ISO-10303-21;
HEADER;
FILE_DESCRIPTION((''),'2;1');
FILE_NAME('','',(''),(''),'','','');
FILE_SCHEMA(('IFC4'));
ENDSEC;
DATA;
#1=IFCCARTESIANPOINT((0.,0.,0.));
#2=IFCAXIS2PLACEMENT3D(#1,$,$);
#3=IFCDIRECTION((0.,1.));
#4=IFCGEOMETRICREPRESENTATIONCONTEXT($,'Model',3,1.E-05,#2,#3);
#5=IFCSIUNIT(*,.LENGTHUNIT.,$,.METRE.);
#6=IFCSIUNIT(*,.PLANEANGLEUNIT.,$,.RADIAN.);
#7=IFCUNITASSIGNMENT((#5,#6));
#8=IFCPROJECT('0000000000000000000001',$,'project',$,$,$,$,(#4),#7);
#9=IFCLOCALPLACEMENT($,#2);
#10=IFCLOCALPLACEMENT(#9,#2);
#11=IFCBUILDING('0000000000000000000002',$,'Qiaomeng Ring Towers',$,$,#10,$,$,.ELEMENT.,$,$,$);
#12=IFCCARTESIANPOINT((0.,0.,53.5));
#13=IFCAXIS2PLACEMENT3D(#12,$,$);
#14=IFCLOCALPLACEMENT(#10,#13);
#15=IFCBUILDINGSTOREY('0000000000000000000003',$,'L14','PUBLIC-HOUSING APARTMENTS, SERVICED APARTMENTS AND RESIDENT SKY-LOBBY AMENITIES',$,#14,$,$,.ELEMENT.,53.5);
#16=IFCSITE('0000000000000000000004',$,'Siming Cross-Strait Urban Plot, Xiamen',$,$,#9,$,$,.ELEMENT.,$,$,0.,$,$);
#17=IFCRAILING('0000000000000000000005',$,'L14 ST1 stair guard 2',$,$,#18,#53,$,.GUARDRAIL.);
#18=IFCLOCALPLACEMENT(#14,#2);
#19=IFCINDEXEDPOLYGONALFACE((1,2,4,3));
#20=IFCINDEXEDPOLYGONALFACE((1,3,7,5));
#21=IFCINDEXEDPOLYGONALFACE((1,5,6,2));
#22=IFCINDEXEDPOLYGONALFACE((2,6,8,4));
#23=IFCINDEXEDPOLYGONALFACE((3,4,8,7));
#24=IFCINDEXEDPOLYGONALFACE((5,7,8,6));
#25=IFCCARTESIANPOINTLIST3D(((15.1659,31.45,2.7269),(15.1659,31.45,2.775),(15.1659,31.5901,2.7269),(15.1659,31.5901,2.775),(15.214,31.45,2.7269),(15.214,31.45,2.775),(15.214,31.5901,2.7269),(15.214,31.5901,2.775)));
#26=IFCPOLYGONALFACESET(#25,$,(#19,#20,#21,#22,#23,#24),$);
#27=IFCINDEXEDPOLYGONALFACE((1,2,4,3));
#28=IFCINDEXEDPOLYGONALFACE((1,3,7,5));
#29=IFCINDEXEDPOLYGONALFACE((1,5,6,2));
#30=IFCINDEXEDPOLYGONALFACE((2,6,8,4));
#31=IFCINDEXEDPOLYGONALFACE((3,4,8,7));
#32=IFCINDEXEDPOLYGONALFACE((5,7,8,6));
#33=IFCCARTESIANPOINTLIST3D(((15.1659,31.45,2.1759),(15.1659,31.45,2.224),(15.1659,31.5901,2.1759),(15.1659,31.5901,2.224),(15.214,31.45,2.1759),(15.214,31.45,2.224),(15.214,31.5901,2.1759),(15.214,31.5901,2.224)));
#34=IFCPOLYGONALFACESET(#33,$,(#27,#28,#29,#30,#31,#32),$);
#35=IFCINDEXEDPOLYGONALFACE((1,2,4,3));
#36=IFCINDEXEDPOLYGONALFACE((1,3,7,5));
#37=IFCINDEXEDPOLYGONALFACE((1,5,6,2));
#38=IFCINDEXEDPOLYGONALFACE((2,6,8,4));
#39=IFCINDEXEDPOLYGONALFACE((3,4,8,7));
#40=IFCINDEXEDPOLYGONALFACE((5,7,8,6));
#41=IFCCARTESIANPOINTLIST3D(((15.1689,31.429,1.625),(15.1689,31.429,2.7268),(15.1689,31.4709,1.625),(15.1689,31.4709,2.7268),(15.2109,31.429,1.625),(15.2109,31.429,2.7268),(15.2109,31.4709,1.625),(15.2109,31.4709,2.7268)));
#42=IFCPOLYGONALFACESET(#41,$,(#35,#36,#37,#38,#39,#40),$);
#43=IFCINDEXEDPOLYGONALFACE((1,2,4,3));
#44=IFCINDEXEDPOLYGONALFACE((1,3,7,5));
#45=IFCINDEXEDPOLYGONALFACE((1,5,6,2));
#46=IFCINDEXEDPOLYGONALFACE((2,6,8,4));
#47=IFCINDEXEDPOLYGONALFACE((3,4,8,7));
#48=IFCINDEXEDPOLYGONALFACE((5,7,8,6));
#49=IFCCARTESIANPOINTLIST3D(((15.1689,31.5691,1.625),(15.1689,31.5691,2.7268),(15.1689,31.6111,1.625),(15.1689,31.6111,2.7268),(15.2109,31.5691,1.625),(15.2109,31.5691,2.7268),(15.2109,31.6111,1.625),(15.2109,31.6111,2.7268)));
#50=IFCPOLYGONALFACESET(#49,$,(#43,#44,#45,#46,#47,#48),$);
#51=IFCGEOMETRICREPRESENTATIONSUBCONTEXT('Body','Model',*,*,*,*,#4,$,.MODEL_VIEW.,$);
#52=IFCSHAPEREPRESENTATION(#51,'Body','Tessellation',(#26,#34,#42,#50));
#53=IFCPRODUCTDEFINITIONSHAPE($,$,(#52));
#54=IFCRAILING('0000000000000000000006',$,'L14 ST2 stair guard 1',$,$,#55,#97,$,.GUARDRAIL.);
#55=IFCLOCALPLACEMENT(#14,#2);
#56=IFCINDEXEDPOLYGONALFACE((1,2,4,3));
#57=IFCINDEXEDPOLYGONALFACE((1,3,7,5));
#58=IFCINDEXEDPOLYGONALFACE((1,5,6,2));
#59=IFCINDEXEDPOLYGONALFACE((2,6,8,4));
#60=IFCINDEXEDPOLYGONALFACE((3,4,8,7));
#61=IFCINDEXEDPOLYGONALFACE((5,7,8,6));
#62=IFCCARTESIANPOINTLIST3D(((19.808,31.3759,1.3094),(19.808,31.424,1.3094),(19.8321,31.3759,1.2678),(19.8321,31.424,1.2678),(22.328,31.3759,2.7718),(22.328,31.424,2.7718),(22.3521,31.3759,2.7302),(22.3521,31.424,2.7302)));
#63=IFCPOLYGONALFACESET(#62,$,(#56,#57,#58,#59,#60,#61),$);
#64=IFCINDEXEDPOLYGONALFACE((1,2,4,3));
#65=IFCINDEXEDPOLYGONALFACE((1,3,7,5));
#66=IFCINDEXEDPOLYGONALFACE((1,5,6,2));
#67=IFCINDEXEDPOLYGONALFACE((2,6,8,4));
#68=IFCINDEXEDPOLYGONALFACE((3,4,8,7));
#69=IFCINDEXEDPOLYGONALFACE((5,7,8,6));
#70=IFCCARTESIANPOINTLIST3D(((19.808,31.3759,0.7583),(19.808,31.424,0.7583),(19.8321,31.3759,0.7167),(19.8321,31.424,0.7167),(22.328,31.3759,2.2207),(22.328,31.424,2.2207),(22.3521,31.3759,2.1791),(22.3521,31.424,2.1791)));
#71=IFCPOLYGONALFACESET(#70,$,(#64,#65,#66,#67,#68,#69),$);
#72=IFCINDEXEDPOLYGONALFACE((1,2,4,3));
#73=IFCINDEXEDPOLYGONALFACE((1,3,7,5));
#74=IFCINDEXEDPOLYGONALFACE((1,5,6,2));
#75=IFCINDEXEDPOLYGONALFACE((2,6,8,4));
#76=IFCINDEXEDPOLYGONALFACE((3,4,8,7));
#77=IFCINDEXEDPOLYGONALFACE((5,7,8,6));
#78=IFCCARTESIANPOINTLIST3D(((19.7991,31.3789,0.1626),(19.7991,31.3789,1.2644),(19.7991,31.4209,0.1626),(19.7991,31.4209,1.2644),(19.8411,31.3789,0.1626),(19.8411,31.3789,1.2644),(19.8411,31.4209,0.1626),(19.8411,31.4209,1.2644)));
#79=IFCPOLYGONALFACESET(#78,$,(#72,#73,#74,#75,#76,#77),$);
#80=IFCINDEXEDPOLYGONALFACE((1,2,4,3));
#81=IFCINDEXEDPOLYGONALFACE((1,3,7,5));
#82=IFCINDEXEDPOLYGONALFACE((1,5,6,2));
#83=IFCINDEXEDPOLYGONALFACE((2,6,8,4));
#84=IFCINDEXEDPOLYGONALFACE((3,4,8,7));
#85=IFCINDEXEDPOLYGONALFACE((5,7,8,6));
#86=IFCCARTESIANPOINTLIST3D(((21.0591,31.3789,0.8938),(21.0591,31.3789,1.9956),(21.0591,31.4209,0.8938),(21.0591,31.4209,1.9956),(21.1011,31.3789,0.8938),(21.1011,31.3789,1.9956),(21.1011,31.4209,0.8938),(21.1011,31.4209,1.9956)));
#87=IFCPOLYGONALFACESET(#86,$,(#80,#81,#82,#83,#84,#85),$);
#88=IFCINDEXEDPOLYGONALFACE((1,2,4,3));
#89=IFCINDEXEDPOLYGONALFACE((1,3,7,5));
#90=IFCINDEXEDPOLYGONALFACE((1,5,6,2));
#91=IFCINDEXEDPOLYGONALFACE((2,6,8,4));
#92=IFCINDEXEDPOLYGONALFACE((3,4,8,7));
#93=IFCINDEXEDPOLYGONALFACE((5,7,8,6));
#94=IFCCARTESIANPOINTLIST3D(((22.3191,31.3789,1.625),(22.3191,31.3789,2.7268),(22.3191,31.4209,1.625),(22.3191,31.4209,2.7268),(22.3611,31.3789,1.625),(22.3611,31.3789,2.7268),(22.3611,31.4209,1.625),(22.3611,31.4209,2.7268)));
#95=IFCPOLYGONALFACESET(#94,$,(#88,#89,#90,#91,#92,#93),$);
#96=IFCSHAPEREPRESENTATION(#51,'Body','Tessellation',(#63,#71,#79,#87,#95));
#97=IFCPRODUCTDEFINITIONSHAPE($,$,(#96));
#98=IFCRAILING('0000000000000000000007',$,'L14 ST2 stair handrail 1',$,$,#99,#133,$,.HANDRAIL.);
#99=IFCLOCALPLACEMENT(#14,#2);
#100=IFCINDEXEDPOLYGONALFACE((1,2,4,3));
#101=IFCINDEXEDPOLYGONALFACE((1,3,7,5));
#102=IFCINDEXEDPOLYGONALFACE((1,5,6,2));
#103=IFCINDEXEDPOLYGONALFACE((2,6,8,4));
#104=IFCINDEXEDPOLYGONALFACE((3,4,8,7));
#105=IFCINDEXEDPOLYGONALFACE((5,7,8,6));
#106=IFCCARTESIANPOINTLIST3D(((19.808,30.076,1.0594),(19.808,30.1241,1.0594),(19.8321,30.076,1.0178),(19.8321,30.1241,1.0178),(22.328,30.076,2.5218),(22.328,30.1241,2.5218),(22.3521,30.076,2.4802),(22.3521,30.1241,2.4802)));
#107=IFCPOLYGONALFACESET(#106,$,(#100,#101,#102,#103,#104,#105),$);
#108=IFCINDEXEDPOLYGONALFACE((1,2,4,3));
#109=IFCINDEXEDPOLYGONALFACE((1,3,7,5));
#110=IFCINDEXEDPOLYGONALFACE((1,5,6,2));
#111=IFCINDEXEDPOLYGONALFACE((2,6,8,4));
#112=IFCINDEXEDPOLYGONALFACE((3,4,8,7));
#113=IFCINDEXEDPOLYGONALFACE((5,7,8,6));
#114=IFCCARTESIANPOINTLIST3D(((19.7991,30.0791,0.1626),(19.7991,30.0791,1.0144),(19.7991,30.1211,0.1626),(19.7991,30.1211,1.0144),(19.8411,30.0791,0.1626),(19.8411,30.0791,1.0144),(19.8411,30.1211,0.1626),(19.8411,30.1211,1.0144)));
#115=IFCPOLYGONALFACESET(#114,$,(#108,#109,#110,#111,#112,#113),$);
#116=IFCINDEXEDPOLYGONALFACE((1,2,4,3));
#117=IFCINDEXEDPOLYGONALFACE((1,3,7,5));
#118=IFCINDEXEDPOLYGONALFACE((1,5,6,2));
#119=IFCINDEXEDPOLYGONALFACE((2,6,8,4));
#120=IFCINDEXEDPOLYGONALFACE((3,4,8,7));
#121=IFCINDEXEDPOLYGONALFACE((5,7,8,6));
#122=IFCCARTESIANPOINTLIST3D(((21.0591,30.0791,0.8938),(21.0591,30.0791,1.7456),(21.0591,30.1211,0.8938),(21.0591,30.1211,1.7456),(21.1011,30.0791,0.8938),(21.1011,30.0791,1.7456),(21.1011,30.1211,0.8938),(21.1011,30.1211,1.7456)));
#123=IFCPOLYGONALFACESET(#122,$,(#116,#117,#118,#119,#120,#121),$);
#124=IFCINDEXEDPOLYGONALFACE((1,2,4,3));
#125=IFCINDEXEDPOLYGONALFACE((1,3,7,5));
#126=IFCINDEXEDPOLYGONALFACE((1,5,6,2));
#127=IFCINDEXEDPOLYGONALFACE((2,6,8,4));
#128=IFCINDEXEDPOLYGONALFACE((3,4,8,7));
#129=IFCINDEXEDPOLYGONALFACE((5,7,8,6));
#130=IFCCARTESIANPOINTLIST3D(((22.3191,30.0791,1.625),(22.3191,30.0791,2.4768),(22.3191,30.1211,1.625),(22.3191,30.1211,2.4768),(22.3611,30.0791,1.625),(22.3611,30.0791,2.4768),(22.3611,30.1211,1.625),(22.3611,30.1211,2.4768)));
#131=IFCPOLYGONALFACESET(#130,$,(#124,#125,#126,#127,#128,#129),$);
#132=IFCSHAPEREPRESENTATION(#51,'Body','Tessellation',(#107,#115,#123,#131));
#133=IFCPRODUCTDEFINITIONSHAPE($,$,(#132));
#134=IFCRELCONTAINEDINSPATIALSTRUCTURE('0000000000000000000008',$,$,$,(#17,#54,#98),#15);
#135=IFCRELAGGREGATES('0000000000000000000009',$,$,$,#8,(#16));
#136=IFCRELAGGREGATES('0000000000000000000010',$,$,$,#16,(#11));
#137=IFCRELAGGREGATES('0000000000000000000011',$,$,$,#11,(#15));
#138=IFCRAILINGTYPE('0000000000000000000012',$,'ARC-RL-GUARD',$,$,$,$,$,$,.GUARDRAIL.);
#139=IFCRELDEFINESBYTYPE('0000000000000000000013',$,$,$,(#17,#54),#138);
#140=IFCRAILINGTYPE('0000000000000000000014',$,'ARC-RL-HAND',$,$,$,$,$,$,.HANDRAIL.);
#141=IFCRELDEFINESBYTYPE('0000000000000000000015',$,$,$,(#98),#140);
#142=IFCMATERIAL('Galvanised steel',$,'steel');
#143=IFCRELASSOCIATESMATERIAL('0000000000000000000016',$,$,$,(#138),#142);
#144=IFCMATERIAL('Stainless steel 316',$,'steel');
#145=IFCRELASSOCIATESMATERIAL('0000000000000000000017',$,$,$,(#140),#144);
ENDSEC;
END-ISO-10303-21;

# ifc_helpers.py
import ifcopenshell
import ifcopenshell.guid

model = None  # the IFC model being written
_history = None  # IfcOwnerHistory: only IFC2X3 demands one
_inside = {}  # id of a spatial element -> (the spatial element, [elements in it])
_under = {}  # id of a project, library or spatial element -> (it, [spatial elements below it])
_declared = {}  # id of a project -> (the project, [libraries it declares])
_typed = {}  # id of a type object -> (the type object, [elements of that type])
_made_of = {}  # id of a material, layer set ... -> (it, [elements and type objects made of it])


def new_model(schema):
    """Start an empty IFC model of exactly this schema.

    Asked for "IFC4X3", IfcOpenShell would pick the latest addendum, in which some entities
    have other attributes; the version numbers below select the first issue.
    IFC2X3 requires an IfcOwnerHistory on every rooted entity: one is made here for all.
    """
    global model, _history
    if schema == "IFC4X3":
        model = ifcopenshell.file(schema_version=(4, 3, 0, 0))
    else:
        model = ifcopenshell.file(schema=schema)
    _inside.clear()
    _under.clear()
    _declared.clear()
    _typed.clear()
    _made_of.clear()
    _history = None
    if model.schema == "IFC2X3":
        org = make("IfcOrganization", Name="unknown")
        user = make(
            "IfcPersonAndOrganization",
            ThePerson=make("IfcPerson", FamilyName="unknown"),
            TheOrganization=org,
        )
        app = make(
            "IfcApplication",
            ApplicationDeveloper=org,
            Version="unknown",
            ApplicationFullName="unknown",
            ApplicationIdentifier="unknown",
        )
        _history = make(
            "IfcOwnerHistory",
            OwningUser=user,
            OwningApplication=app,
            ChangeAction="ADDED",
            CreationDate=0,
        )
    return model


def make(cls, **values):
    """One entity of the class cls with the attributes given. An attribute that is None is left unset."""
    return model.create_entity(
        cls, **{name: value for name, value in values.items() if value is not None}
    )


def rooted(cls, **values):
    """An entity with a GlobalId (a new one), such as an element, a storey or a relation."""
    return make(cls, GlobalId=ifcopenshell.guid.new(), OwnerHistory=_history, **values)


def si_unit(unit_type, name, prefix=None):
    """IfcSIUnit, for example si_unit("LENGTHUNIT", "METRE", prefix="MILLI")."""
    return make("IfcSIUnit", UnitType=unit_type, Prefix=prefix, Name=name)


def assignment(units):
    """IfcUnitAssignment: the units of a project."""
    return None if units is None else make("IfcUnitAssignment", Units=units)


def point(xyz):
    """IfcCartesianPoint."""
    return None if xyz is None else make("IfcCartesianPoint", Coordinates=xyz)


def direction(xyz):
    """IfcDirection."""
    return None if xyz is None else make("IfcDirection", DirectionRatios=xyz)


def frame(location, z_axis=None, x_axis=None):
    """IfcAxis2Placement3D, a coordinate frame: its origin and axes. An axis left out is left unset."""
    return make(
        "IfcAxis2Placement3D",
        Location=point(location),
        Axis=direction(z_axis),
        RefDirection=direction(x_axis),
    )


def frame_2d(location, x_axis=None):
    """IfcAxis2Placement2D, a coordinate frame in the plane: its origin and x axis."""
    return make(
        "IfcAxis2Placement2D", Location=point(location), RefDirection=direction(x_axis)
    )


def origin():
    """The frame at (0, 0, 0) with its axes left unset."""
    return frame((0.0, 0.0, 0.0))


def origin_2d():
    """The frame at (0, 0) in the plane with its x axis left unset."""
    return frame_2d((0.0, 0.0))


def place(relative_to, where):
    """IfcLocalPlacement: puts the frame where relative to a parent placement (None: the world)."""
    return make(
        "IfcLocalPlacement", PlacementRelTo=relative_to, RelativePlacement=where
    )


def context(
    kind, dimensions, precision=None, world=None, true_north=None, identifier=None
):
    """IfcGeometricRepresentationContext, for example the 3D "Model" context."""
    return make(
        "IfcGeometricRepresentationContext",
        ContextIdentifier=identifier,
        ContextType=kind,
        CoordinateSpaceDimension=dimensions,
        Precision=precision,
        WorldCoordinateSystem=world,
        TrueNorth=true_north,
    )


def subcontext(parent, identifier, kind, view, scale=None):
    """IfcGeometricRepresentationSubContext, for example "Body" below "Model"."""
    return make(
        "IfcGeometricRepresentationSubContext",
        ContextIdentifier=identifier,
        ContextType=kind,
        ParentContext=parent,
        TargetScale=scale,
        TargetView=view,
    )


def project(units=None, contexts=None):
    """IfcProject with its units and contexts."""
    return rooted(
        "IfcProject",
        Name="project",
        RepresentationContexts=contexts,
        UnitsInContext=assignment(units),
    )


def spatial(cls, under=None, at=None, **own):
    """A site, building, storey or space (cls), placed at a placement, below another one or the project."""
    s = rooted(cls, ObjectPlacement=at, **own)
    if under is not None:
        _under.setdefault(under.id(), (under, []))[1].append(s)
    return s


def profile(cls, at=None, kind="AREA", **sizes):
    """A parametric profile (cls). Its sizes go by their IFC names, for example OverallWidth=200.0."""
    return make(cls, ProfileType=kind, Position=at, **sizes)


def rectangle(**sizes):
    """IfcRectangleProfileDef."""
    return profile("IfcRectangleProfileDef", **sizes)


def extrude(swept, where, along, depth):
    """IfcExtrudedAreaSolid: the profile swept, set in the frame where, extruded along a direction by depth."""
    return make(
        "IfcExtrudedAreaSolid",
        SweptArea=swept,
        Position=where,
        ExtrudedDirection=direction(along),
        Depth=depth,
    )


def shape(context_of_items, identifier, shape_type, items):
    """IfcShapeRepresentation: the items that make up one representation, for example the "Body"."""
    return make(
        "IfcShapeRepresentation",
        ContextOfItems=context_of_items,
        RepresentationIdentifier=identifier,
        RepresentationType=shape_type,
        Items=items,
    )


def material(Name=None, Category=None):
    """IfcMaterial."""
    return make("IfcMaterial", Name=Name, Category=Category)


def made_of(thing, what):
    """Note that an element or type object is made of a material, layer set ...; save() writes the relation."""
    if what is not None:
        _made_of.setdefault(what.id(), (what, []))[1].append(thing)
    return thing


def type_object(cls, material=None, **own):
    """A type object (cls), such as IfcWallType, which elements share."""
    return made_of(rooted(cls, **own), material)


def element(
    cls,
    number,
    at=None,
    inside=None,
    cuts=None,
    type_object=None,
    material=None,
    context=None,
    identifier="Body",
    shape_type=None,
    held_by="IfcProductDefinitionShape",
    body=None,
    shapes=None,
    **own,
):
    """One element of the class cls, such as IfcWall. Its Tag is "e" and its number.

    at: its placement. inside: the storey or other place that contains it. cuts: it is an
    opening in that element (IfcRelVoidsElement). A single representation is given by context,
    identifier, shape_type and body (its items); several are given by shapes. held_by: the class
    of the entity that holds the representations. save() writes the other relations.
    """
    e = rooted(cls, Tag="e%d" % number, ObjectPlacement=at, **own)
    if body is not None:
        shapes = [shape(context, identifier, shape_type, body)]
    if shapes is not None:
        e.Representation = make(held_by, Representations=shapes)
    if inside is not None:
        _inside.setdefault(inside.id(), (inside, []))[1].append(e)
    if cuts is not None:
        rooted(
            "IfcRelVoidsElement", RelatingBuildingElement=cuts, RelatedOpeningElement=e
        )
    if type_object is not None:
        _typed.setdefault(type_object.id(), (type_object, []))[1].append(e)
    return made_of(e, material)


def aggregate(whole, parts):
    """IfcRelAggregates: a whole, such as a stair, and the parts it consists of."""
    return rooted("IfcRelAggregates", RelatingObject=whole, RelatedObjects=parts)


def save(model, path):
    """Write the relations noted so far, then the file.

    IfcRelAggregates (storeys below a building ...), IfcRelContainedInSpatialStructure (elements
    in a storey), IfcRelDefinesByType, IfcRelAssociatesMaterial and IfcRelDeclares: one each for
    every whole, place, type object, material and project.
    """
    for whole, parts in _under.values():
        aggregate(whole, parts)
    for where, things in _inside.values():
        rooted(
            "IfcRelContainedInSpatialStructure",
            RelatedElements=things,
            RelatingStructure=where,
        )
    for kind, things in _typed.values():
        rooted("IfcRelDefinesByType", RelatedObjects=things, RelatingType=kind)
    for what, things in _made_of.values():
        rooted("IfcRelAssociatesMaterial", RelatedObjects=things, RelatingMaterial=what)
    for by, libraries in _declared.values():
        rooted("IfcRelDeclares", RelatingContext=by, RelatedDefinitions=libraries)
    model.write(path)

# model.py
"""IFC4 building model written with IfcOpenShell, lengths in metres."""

from ifc_helpers import new_model, si_unit, direction, frame, origin, origin_2d, place, context, subcontext, project, spatial, rectangle, extrude, material, type_object, element, save


model = new_model("IFC4")

# Units and contexts
model_context = context("Model", 3, precision=1e-05, world=origin(), true_north=direction((0.0, 1.0)))
body_context = subcontext(model_context, "Body", "Model", "MODEL_VIEW")
ifc_project = project(units=[si_unit("LENGTHUNIT", "METRE"), si_unit("PLANEANGLEUNIT", "RADIAN")], contexts=[model_context])

# Site, building, storey
site_placement = place(None, origin())
site = spatial("IfcSite", under=ifc_project, at=site_placement, Name="Siming Cross-Strait Urban Plot, Xiamen", CompositionType="ELEMENT", RefElevation=0.0)
building_placement = place(site_placement, origin())
building = spatial("IfcBuilding", under=site, at=building_placement, Name="Qiaomeng Ring Towers", CompositionType="ELEMENT")
storey_placement = place(building_placement, frame((0.0, 0.0, 53.5)))
storey = spatial("IfcBuildingStorey", under=building, at=storey_placement, Name="L14", Description="PUBLIC-HOUSING APARTMENTS, SERVICED APARTMENTS AND RESIDENT SKY-LOBBY AMENITIES", CompositionType="ELEMENT", Elevation=53.5)

# Shared definitions
ifc_material_1 = material(Name="Galvanised steel", Category="steel")

# Shared definitions
ifc_material_2 = material(Name="Stainless steel 316", Category="steel")

# Railings
railing_type_1 = type_object("IfcRailingType", Name="ARC-RL-GUARD", PredefinedType="GUARDRAIL", material=ifc_material_1)
railing_1_placement = place(storey_placement, frame((15.1899, 31.45, 1.625)))
element("IfcRailing", 1, at=railing_1_placement, inside=storey, type_object=railing_type_1, Name="L14 ST1 stair guard 2", PredefinedType="GUARDRAIL", context=body_context, shape_type="SweptSolid", body=[
    extrude(rectangle(XDim=0.0481, YDim=0.0481, at=origin_2d()), frame((0.0, 0.0, 1.126), z_axis=(0.0, 1.0, 0.0), x_axis=(-1.0, 0.0, 0.0)), (0.0, 0.0, 1.0), 0.1401),
    extrude(rectangle(XDim=0.0481, YDim=0.0481, at=origin_2d()), frame((0.0, 0.0, 0.575), z_axis=(0.0, 1.0, 0.0), x_axis=(-1.0, 0.0, 0.0)), (0.0, 0.0, 1.0), 0.1401),
    extrude(rectangle(XDim=0.042, YDim=0.042, at=origin_2d()), origin(), (0.0, 0.0, 1.0), 1.1018),
    extrude(rectangle(XDim=0.042, YDim=0.042, at=origin_2d()), frame((0.0, 0.1401, 0.0)), (0.0, 0.0, 1.0), 1.1018),
])
railing_2_placement = place(storey_placement, frame((19.8201, 31.3999, 0.1626)))
element("IfcRailing", 2, at=railing_2_placement, inside=storey, type_object=railing_type_1, Name="L14 ST2 stair guard 1", PredefinedType="GUARDRAIL", context=body_context, shape_type="SweptSolid", body=[
    extrude(rectangle(XDim=0.0481, YDim=0.0481, at=origin_2d()), frame((0.0, 0.0, 1.126), z_axis=(0.864913, 0.0, 0.501921), x_axis=(0.0, 1.0, 0.0)), (0.0, 0.0, 1.0), 2.9136),
    extrude(rectangle(XDim=0.0481, YDim=0.0481, at=origin_2d()), frame((0.0, 0.0, 0.575), z_axis=(0.864913, 0.0, 0.501921), x_axis=(0.0, 1.0, 0.0)), (0.0, 0.0, 1.0), 2.9136),
    extrude(rectangle(XDim=0.042, YDim=0.042, at=origin_2d()), origin(), (0.0, 0.0, 1.0), 1.1018),
    extrude(rectangle(XDim=0.042, YDim=0.042, at=origin_2d()), frame((1.26, 0.0, 0.7312)), (0.0, 0.0, 1.0), 1.1018),
    extrude(rectangle(XDim=0.042, YDim=0.042, at=origin_2d()), frame((2.52, 0.0, 1.4624)), (0.0, 0.0, 1.0), 1.1018),
])
railing_type_2 = type_object("IfcRailingType", Name="ARC-RL-HAND", PredefinedType="HANDRAIL", material=ifc_material_2)
railing_3_placement = place(storey_placement, frame((19.8201, 30.1001, 0.1626)))
element("IfcRailing", 3, at=railing_3_placement, inside=storey, type_object=railing_type_2, Name="L14 ST2 stair handrail 1", PredefinedType="HANDRAIL", context=body_context, shape_type="SweptSolid", body=[
    extrude(rectangle(XDim=0.0481, YDim=0.0481, at=origin_2d()), frame((0.0, 0.0, 0.876), z_axis=(0.864913, 0.0, 0.501921), x_axis=(0.0, 1.0, 0.0)), (0.0, 0.0, 1.0), 2.9136),
    extrude(rectangle(XDim=0.042, YDim=0.042, at=origin_2d()), origin(), (0.0, 0.0, 1.0), 0.8518),
    extrude(rectangle(XDim=0.042, YDim=0.042, at=origin_2d()), frame((1.26, 0.0, 0.7312)), (0.0, 0.0, 1.0), 0.8518),
    extrude(rectangle(XDim=0.042, YDim=0.042, at=origin_2d()), frame((2.52, 0.0, 1.4624)), (0.0, 0.0, 1.0), 0.8518),
])

save(model, "model.ifc")
